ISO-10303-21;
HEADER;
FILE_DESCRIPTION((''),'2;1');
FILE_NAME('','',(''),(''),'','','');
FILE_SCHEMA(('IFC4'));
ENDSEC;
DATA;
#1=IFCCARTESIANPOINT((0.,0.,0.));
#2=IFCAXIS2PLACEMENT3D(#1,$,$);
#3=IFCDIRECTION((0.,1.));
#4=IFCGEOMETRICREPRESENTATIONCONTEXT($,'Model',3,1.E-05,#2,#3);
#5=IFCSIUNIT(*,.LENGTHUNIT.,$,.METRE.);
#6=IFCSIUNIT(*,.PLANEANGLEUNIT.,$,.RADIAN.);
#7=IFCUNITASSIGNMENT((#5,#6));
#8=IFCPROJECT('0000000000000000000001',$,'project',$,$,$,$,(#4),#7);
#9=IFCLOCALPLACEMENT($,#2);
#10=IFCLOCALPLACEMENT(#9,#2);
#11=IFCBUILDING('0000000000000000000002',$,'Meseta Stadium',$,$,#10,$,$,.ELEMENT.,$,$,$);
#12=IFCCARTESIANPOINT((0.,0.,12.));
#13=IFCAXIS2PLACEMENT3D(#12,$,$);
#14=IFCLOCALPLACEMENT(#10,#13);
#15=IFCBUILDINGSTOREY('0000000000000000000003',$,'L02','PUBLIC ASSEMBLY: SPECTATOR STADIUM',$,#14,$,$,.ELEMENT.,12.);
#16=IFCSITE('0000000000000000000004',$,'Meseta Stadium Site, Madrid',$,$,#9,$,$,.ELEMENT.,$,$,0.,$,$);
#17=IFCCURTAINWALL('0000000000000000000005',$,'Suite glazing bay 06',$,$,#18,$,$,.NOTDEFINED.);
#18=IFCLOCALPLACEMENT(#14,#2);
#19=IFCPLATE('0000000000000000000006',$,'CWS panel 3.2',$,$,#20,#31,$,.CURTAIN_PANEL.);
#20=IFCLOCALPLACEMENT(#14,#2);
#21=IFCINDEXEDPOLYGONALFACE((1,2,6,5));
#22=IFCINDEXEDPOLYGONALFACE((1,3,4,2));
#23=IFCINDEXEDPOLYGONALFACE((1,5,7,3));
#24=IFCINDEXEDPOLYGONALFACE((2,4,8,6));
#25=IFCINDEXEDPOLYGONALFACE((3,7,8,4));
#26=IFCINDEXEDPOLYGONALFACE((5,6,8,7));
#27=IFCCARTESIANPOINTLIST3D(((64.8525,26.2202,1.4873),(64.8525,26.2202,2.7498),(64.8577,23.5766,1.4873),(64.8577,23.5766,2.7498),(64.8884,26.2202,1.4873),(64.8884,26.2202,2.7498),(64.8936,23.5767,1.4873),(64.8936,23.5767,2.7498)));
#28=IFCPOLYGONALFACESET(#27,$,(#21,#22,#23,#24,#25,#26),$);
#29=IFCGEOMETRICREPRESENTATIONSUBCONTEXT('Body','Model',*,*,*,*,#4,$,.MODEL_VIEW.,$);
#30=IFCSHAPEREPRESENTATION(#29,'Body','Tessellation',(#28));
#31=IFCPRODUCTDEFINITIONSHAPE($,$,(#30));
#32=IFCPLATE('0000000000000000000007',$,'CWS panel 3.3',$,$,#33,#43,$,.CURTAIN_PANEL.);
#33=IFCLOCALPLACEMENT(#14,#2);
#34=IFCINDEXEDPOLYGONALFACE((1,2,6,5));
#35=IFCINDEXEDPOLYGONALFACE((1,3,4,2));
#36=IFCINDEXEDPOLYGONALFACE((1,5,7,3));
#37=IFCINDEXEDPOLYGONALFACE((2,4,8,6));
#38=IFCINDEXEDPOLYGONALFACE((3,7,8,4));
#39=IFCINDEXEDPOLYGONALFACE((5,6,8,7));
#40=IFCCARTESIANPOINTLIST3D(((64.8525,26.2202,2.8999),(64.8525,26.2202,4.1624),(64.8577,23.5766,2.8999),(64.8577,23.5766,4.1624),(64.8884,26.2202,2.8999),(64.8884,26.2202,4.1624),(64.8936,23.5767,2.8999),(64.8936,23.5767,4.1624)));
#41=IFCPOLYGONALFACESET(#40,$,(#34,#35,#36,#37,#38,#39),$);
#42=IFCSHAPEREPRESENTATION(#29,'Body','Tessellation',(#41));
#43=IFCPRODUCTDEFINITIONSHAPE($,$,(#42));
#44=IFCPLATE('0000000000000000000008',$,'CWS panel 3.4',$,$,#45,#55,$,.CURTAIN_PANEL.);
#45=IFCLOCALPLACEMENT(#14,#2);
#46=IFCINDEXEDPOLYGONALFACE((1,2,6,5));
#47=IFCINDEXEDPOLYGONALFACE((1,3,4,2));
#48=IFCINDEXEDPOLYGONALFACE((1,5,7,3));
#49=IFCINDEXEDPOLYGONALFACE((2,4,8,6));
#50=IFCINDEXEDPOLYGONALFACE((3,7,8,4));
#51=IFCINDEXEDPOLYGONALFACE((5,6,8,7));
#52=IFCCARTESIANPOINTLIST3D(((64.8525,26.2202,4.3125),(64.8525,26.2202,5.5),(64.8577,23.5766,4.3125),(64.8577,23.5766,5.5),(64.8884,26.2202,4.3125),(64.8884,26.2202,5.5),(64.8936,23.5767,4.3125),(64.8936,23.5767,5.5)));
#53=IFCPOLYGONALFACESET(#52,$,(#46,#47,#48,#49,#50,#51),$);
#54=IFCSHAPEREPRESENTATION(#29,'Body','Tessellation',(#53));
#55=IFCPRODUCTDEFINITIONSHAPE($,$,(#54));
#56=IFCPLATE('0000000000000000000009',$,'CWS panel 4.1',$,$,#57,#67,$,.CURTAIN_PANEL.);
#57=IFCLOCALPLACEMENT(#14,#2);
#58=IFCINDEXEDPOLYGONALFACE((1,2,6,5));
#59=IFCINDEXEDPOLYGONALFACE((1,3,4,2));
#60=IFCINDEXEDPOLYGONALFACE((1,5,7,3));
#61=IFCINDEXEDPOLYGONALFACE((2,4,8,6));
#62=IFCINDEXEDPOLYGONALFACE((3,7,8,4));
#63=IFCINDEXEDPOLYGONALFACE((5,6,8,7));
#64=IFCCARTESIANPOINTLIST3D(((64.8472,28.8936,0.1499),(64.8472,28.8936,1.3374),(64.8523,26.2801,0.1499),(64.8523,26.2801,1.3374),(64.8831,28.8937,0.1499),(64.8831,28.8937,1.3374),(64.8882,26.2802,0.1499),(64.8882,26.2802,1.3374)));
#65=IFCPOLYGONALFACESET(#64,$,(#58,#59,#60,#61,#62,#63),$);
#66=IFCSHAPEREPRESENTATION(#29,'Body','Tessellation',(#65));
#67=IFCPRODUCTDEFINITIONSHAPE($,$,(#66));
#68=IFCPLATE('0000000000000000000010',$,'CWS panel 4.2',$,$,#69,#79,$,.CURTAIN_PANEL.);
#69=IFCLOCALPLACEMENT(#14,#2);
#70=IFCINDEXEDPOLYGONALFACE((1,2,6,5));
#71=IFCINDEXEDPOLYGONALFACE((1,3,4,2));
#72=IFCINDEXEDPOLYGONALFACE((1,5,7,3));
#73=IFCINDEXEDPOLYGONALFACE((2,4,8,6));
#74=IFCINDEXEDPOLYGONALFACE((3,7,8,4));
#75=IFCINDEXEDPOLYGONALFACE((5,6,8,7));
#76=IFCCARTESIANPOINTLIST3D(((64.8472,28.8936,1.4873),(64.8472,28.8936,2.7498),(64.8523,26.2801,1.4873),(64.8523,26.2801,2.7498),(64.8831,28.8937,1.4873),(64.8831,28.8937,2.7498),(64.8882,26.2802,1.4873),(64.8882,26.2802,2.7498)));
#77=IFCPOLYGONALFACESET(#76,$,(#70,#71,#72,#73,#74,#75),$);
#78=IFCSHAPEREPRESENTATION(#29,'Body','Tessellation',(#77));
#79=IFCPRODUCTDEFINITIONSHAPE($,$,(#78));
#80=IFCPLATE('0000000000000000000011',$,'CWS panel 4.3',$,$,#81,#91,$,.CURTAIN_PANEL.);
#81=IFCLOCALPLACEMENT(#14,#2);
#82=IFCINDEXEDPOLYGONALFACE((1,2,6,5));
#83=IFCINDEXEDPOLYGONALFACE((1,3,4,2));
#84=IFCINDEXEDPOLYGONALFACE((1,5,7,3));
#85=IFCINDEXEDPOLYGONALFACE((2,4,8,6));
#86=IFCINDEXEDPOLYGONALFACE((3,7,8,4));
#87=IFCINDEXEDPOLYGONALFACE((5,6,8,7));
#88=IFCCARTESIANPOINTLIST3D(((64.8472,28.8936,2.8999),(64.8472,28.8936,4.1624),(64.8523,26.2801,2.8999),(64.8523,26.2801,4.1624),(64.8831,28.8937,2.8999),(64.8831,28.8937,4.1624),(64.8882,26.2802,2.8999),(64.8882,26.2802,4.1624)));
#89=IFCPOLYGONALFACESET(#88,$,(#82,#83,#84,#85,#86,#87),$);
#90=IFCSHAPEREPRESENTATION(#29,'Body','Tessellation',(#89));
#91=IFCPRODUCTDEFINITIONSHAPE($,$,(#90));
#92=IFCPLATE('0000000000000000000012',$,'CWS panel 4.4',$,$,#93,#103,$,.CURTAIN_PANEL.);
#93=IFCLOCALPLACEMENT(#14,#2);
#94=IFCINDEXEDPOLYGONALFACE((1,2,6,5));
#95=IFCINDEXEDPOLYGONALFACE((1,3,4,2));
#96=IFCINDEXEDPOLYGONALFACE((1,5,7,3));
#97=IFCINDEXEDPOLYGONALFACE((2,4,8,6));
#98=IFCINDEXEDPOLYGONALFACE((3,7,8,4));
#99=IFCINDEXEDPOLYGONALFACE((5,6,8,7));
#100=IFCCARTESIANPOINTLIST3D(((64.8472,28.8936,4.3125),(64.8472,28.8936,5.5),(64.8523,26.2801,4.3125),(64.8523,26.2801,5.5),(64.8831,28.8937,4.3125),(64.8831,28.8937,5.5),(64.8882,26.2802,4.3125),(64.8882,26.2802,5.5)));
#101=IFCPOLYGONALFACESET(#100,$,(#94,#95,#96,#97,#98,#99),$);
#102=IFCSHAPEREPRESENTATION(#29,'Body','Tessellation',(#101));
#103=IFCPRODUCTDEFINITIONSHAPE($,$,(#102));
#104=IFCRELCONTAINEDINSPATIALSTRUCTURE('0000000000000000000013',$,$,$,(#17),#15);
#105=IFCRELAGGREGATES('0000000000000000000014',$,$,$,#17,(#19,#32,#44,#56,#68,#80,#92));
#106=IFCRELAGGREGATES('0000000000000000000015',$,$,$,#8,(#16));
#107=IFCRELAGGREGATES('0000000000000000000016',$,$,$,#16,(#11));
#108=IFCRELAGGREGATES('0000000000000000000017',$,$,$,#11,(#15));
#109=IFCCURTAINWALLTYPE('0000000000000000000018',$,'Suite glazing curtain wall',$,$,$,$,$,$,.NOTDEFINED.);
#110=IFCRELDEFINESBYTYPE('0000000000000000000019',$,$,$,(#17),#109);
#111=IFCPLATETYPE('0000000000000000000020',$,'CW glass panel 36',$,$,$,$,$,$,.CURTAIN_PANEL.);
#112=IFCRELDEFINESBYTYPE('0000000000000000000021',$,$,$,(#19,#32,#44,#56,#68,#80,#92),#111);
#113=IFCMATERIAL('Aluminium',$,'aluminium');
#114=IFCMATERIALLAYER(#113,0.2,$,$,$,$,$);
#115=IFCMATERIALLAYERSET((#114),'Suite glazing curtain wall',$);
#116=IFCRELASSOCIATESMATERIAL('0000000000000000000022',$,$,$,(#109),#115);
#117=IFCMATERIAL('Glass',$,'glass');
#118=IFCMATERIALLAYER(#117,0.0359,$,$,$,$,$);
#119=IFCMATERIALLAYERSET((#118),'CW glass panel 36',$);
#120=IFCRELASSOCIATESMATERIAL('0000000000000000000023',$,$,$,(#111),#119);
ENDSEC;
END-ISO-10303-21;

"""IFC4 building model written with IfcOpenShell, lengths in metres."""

from ifc_helpers import new_model, si_unit, direction, frame, origin, origin_2d, place, context, subcontext, project, spatial, rectangle, extrude, material, layer, layer_set, type_object, element, aggregate, save


model = new_model("IFC4")

# Units and contexts
model_context = context("Model", 3, precision=1e-05, world=origin(), true_north=direction((0.0, 1.0)))
body_context = subcontext(model_context, "Body", "Model", "MODEL_VIEW")
ifc_project = project(units=[si_unit("LENGTHUNIT", "METRE"), si_unit("PLANEANGLEUNIT", "RADIAN")], contexts=[model_context])

# Site, building, storey
site_placement = place(None, origin())
site = spatial("IfcSite", under=ifc_project, at=site_placement, Name="Meseta Stadium Site, Madrid", CompositionType="ELEMENT", RefElevation=0.0)
building_placement = place(site_placement, origin())
building = spatial("IfcBuilding", under=site, at=building_placement, Name="Meseta Stadium", CompositionType="ELEMENT")
storey_placement = place(building_placement, frame((0.0, 0.0, 12.0)))
storey = spatial("IfcBuildingStorey", under=building, at=storey_placement, Name="L02", Description="PUBLIC ASSEMBLY: SPECTATOR STADIUM", CompositionType="ELEMENT", Elevation=12.0)

# Curtain wall
ifc_material_1 = material(Name="Aluminium", Category="aluminium")
ifc_layer_1 = layer(ifc_material_1, 0.2)
ifc_layer_set_1 = layer_set([ifc_layer_1], Name="Suite glazing curtain wall")
curtain_wall_type = type_object("IfcCurtainWallType", Name="Suite glazing curtain wall", PredefinedType="NOTDEFINED", material=ifc_layer_set_1)
curtain_wall_placement = place(storey_placement, origin())
curtain_wall = element("IfcCurtainWall", 1, at=curtain_wall_placement, inside=storey, type_object=curtain_wall_type, Name="Suite glazing bay 06", PredefinedType="NOTDEFINED")

# Plates
ifc_material_2 = material(Name="Glass", Category="glass")
ifc_layer_2 = layer(ifc_material_2, 0.0359)
ifc_layer_set_2 = layer_set([ifc_layer_2], Name="CW glass panel 36")
plate_type = type_object("IfcPlateType", Name="CW glass panel 36", PredefinedType="CURTAIN_PANEL", material=ifc_layer_set_2)
plate_1_placement = place(storey_placement, frame((64.873, 24.8984, 1.4873), z_axis=(0.0, 0.0, 1.0), x_axis=(-0.001947, 0.999998, 0.0)))
plate_1 = element("IfcPlate", 2, at=plate_1_placement, type_object=plate_type, Name="CWS panel 3.2", PredefinedType="CURTAIN_PANEL", context=body_context, shape_type="SweptSolid", body=[
    extrude(rectangle(XDim=2.6436, YDim=0.0359, at=origin_2d()), origin(), (0.0, 0.0, 1.0), 1.2625),
])
plate_2_placement = place(storey_placement, frame((64.873, 24.8984, 2.8999), z_axis=(0.0, 0.0, 1.0), x_axis=(-0.001947, 0.999998, 0.0)))
plate_2 = element("IfcPlate", 3, at=plate_2_placement, type_object=plate_type, Name="CWS panel 3.3", PredefinedType="CURTAIN_PANEL", context=body_context, shape_type="SweptSolid", body=[
    extrude(rectangle(XDim=2.6436, YDim=0.0359, at=origin_2d()), origin(), (0.0, 0.0, 1.0), 1.2625),
])
plate_3_placement = place(storey_placement, frame((64.873, 24.8984, 4.3125), z_axis=(0.0, 0.0, 1.0), x_axis=(-0.001947, 0.999998, 0.0)))
plate_3 = element("IfcPlate", 4, at=plate_3_placement, type_object=plate_type, Name="CWS panel 3.4", PredefinedType="CURTAIN_PANEL", context=body_context, shape_type="SweptSolid", body=[
    extrude(rectangle(XDim=2.6436, YDim=0.0359, at=origin_2d()), origin(), (0.0, 0.0, 1.0), 1.1875),
])
plate_4_placement = place(storey_placement, frame((64.8677, 27.5869, 0.1499), z_axis=(0.0, 0.0, 1.0), x_axis=(-0.001947, 0.999998, 0.0)))
plate_4 = element("IfcPlate", 5, at=plate_4_placement, type_object=plate_type, Name="CWS panel 4.1", PredefinedType="CURTAIN_PANEL", context=body_context, shape_type="SweptSolid", body=[
    extrude(rectangle(XDim=2.6135, YDim=0.0359, at=origin_2d()), origin(), (0.0, 0.0, 1.0), 1.1875),
])
plate_5_placement = place(storey_placement, frame((64.8677, 27.5869, 1.4873), z_axis=(0.0, 0.0, 1.0), x_axis=(-0.001947, 0.999998, 0.0)))
plate_5 = element("IfcPlate", 6, at=plate_5_placement, type_object=plate_type, Name="CWS panel 4.2", PredefinedType="CURTAIN_PANEL", context=body_context, shape_type="SweptSolid", body=[
    extrude(rectangle(XDim=2.6135, YDim=0.0359, at=origin_2d()), origin(), (0.0, 0.0, 1.0), 1.2625),
])
plate_6_placement = place(storey_placement, frame((64.8677, 27.5869, 2.8999), z_axis=(0.0, 0.0, 1.0), x_axis=(-0.001947, 0.999998, 0.0)))
plate_6 = element("IfcPlate", 7, at=plate_6_placement, type_object=plate_type, Name="CWS panel 4.3", PredefinedType="CURTAIN_PANEL", context=body_context, shape_type="SweptSolid", body=[
    extrude(rectangle(XDim=2.6135, YDim=0.0359, at=origin_2d()), origin(), (0.0, 0.0, 1.0), 1.2625),
])
plate_7_placement = place(storey_placement, frame((64.8677, 27.5869, 4.3125), z_axis=(0.0, 0.0, 1.0), x_axis=(-0.001947, 0.999998, 0.0)))
plate_7 = element("IfcPlate", 8, at=plate_7_placement, type_object=plate_type, Name="CWS panel 4.4", PredefinedType="CURTAIN_PANEL", context=body_context, shape_type="SweptSolid", body=[
    extrude(rectangle(XDim=2.6135, YDim=0.0359, at=origin_2d()), origin(), (0.0, 0.0, 1.0), 1.1875),
])
aggregate(curtain_wall, [plate_1, plate_2, plate_3, plate_4, plate_5, plate_6, plate_7])

save(model, "model.ifc")
